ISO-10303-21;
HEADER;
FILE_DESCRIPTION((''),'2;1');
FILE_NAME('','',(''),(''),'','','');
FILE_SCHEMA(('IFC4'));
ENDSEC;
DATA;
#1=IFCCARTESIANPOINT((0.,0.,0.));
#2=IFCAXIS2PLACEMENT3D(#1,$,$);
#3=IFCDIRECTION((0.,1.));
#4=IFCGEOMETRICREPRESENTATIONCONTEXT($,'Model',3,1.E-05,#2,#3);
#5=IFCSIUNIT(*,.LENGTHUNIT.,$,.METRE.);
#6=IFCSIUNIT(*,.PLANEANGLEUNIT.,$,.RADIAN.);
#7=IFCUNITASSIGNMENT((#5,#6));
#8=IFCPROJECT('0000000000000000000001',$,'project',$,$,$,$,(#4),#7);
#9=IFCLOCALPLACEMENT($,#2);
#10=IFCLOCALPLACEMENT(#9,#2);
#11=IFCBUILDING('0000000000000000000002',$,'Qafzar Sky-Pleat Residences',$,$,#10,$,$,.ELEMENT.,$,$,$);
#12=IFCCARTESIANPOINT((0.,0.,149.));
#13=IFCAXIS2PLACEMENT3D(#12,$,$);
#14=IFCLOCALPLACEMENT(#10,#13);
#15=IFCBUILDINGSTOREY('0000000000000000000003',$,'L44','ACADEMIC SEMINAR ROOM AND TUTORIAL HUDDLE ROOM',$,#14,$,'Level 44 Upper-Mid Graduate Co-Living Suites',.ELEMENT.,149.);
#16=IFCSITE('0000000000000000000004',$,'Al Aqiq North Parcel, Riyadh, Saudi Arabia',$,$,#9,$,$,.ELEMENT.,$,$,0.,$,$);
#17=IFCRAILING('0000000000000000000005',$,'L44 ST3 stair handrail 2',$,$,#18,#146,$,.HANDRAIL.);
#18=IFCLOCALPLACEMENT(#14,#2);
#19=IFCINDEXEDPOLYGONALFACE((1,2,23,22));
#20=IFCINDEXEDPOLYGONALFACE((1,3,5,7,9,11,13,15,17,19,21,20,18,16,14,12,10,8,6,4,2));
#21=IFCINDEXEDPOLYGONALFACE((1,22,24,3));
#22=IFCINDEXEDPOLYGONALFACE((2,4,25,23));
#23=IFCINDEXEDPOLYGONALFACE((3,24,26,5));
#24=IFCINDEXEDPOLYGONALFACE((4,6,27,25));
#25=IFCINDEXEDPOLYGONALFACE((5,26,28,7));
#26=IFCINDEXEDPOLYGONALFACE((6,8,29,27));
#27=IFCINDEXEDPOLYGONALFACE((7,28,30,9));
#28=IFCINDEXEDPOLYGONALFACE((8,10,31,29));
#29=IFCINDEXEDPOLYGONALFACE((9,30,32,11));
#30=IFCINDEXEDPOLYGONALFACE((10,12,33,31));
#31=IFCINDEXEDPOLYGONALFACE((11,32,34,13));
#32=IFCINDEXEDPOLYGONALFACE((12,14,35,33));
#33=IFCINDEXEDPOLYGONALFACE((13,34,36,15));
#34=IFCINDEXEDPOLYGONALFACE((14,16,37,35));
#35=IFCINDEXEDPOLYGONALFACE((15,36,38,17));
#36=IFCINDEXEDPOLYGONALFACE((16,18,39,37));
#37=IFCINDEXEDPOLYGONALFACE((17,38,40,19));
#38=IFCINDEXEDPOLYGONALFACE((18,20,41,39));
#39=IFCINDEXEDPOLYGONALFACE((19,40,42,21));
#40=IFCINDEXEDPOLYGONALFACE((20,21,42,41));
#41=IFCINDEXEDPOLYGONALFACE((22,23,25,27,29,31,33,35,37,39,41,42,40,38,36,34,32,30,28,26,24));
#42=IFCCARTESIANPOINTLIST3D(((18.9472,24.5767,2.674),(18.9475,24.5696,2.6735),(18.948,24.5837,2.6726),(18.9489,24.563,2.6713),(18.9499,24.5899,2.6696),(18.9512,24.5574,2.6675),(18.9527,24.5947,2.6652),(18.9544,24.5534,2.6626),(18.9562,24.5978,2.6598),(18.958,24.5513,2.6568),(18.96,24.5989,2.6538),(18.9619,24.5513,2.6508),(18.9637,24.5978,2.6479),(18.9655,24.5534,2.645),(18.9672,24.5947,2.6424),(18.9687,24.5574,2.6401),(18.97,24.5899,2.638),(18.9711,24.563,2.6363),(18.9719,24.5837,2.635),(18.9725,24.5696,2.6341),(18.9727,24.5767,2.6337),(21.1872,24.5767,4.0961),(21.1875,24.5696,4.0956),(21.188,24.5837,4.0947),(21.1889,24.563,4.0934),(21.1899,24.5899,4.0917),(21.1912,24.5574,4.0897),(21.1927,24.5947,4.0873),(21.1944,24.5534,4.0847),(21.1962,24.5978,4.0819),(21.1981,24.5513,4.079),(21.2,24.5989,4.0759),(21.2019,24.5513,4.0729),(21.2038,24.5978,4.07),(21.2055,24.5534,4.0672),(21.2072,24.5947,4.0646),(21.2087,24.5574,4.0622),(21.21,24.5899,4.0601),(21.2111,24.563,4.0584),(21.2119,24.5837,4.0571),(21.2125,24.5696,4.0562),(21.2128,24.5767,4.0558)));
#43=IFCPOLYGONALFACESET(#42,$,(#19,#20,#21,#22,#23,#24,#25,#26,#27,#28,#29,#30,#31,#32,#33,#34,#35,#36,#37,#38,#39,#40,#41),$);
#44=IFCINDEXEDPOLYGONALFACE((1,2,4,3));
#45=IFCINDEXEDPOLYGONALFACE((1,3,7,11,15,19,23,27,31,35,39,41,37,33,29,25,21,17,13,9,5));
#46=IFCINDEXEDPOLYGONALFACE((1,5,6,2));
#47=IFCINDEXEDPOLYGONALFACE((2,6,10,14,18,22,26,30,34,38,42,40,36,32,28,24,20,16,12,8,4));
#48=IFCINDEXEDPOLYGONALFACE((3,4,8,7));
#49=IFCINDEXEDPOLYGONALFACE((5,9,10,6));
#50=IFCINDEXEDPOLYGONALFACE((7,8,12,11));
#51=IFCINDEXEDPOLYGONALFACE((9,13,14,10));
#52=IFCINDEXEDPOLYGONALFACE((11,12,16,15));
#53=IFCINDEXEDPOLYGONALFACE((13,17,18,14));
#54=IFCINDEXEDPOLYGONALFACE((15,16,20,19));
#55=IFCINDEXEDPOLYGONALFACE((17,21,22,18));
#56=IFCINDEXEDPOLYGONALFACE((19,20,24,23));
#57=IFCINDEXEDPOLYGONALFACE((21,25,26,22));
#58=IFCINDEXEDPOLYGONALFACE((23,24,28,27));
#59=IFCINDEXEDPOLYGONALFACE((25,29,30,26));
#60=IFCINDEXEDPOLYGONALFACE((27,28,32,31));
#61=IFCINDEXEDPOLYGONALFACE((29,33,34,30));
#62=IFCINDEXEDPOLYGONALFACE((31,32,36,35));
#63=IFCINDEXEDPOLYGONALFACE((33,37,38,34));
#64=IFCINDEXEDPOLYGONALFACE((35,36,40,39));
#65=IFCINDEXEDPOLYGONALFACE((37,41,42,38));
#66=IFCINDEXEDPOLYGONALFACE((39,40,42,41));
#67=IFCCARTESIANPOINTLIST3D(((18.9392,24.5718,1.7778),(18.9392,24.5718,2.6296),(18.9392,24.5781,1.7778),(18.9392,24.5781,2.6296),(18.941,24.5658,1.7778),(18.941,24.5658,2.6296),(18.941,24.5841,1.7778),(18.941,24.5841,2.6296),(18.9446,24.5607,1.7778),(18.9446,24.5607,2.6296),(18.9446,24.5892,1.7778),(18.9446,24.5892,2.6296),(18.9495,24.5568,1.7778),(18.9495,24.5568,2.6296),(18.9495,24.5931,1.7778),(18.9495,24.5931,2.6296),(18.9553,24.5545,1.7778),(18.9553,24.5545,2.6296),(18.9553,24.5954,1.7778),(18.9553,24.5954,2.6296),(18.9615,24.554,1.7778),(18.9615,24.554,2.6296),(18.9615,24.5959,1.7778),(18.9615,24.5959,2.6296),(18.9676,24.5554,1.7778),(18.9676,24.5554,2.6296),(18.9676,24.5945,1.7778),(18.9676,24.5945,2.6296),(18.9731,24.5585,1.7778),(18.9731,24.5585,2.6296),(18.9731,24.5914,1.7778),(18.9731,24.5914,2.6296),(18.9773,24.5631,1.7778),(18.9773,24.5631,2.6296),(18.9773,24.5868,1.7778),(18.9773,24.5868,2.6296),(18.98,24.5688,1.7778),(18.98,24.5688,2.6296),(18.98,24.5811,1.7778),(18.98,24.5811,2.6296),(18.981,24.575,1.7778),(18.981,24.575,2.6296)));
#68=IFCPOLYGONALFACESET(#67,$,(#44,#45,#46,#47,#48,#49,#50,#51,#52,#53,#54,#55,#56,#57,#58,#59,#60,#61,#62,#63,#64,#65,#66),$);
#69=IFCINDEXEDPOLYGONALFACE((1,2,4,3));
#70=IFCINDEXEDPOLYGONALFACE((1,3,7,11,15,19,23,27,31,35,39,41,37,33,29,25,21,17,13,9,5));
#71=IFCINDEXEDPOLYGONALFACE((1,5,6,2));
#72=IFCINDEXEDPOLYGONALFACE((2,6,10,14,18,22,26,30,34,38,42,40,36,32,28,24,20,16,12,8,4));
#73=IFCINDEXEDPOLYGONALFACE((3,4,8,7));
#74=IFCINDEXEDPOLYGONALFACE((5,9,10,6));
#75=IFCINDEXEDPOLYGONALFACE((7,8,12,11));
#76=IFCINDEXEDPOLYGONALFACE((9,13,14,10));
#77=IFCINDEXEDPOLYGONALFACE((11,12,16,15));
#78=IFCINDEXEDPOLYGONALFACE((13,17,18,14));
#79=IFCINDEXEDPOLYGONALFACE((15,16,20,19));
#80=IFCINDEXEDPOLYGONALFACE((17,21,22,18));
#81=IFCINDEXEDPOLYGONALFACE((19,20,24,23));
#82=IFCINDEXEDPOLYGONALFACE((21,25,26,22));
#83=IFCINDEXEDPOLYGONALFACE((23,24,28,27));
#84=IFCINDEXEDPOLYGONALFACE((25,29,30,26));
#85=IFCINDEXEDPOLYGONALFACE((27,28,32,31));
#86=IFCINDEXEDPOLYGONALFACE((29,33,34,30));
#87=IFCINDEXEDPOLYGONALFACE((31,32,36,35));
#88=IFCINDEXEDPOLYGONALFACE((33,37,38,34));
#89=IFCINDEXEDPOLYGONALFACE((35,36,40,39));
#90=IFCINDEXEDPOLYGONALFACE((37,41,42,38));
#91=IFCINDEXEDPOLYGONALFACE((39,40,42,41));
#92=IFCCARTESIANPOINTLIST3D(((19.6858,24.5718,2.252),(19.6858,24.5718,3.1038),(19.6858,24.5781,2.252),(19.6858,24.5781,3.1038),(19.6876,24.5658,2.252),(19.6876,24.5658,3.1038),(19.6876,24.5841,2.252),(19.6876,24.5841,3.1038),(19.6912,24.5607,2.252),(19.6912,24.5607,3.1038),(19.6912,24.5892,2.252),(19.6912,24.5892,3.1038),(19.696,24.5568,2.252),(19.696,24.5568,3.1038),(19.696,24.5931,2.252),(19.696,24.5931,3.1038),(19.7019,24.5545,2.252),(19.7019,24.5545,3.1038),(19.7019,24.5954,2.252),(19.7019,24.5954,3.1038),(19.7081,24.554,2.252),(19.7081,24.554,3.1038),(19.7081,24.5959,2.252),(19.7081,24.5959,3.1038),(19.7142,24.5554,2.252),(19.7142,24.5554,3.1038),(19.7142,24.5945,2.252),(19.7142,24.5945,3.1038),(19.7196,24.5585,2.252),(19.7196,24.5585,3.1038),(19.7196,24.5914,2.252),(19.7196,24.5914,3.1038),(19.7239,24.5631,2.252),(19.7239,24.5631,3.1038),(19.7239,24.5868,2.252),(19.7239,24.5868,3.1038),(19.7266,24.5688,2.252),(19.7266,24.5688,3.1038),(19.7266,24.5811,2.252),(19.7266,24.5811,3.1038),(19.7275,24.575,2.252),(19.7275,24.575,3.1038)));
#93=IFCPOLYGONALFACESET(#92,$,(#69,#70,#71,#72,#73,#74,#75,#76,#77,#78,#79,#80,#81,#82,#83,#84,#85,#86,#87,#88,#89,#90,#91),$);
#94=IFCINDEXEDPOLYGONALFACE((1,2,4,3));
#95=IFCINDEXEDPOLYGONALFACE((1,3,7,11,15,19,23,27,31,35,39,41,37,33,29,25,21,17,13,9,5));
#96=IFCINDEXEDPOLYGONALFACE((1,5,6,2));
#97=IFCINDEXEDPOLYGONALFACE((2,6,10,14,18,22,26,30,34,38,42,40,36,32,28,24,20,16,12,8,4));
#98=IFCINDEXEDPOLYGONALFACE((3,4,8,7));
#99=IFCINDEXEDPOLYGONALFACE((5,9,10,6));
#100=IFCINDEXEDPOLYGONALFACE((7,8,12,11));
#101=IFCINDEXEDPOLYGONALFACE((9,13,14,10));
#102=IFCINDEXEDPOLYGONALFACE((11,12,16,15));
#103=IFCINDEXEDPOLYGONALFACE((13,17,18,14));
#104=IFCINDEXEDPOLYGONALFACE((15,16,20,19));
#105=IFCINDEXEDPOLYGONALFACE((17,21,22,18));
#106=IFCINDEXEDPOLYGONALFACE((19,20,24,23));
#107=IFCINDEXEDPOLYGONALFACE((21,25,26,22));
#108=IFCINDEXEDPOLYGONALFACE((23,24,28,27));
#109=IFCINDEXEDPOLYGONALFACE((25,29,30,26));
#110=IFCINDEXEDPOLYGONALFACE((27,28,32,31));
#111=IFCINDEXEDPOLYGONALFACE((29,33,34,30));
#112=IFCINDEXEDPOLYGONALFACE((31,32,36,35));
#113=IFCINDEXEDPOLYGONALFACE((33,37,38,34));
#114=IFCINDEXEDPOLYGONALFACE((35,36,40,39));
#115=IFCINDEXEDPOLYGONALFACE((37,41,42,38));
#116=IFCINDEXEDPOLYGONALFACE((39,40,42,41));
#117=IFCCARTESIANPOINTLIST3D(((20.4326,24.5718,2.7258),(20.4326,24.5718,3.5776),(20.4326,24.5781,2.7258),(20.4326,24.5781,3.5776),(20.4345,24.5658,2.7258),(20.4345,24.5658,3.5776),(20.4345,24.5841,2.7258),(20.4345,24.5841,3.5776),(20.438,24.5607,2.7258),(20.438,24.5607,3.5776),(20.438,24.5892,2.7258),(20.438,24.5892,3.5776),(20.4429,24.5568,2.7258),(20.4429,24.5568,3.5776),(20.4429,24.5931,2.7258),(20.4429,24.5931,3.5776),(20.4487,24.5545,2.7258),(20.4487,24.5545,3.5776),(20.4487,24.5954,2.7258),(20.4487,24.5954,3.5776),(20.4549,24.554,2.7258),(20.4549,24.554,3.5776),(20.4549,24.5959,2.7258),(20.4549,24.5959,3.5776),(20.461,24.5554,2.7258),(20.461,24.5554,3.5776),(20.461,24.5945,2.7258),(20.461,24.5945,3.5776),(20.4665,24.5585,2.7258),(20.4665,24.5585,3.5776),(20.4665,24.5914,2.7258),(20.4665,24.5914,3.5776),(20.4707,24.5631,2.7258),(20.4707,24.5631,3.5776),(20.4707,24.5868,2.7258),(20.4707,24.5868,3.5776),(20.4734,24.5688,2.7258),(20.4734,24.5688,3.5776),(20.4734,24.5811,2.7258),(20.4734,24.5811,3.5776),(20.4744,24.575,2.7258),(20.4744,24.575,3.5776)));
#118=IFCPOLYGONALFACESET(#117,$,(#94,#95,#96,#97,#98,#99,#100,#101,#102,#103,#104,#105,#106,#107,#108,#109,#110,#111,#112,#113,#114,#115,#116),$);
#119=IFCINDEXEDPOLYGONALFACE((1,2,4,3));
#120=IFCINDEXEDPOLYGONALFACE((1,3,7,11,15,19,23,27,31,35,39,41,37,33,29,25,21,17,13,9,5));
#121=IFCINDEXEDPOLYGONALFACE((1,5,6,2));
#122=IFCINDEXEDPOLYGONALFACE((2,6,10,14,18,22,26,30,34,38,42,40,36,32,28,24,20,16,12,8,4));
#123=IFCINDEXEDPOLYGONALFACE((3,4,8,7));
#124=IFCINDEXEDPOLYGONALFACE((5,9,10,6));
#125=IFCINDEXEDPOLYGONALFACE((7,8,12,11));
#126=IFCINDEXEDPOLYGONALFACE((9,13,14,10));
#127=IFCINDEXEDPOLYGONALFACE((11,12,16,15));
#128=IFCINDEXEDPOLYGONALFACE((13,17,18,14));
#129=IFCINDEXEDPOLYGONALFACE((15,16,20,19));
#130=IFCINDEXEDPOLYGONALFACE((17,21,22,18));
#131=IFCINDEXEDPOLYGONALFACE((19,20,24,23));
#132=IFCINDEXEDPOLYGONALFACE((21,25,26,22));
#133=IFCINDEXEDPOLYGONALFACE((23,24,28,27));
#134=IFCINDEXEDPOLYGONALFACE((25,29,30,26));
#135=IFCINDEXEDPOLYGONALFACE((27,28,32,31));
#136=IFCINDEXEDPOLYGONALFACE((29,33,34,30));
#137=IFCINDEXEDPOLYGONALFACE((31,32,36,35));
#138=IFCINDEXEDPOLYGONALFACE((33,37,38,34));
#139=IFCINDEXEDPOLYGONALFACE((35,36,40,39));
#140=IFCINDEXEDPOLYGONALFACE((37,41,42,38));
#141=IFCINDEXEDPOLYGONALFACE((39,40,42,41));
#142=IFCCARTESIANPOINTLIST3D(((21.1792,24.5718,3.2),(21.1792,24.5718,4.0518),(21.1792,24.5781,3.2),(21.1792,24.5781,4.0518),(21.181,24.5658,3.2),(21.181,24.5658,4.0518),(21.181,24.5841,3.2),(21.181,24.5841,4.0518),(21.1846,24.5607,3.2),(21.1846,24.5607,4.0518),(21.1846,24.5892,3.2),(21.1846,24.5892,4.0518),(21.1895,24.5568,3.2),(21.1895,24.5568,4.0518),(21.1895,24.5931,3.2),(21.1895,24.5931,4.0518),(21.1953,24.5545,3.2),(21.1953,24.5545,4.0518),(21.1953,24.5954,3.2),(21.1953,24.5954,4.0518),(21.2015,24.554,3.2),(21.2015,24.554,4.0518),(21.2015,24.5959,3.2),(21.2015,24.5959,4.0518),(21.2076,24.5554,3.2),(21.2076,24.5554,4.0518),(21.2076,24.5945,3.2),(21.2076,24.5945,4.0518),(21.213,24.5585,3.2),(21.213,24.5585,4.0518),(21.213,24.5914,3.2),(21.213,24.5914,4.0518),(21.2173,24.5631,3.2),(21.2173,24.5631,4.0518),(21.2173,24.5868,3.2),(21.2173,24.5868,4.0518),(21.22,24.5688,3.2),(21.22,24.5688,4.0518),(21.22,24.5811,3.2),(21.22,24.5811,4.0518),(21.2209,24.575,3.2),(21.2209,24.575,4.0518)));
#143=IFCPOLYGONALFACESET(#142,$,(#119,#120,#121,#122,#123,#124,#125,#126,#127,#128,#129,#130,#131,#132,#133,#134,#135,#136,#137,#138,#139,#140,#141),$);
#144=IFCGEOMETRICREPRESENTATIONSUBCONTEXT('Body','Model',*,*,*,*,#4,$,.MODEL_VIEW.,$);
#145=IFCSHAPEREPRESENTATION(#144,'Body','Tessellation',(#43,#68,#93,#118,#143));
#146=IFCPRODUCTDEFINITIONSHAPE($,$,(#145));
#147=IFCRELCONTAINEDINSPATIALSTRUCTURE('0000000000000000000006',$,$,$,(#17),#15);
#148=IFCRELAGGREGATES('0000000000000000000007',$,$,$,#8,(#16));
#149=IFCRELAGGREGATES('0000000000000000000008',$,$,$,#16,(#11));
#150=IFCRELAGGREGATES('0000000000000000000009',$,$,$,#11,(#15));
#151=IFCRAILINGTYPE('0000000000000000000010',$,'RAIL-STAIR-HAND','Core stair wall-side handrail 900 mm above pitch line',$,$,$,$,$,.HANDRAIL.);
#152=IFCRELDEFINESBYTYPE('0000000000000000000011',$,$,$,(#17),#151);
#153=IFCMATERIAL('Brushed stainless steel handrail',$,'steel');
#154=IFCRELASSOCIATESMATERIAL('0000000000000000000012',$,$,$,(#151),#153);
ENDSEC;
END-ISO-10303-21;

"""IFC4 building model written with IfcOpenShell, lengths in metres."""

from ifc_helpers import new_model, si_unit, direction, frame, origin, origin_2d, place, context, subcontext, project, spatial, circle, extrude, source, transform, mapped, material, type_object, element, save


model = new_model("IFC4")

# Units and contexts
model_context = context("Model", 3, precision=1e-05, world=origin(), true_north=direction((0.0, 1.0)))
body_context = subcontext(model_context, "Body", "Model", "MODEL_VIEW")
ifc_project = project(units=[si_unit("LENGTHUNIT", "METRE"), si_unit("PLANEANGLEUNIT", "RADIAN")], contexts=[model_context])

# Site, building, storey
site_placement = place(None, origin())
site = spatial("IfcSite", under=ifc_project, at=site_placement, Name="Al Aqiq North Parcel, Riyadh, Saudi Arabia", CompositionType="ELEMENT", RefElevation=0.0)
building_placement = place(site_placement, origin())
building = spatial("IfcBuilding", under=site, at=building_placement, Name="Qafzar Sky-Pleat Residences", CompositionType="ELEMENT")
storey_placement = place(building_placement, frame((0.0, 0.0, 149.0)))
storey = spatial("IfcBuildingStorey", under=building, at=storey_placement, Name="L44", Description="ACADEMIC SEMINAR ROOM AND TUTORIAL HUDDLE ROOM", LongName="Level 44 Upper-Mid Graduate Co-Living Suites", CompositionType="ELEMENT", Elevation=149.0)

# Railing
ifc_material_1 = material(Name="Brushed stainless steel handrail", Category="steel")
railing_type_1 = type_object("IfcRailingType", Name="RAIL-STAIR-HAND", Description="Core stair wall-side handrail 900 mm above pitch line", PredefinedType="HANDRAIL", material=ifc_material_1)
shared_shape_1 = source(origin(), body_context, "Body", "SweptSolid", [
    extrude(circle(Radius=0.0239, at=origin_2d()), frame((0.0, 0.0, 0.876), z_axis=(0.844229, 0.0, 0.535982), x_axis=(0.0, 1.0, 0.0)), (0.0, 0.0, 1.0), 2.6533),
    extrude(circle(Radius=0.021, at=origin_2d()), origin(), (0.0, 0.0, 1.0), 0.8518),
    extrude(circle(Radius=0.021, at=origin_2d()), frame((0.7466, 0.0, 0.4741)), (0.0, 0.0, 1.0), 0.8518),
    extrude(circle(Radius=0.021, at=origin_2d()), frame((1.4934, 0.0, 0.948)), (0.0, 0.0, 1.0), 0.8518),
    extrude(circle(Radius=0.021, at=origin_2d()), frame((2.24, 0.0, 1.4221)), (0.0, 0.0, 1.0), 0.8518),
])
railing_1_placement = place(storey_placement, frame((18.96, 24.575, 1.7778)))
element("IfcRailing", 1, at=railing_1_placement, inside=storey, type_object=railing_type_1, Name="L44 ST3 stair handrail 2", PredefinedType="HANDRAIL", context=body_context, shape_type="MappedRepresentation", body=[
    mapped(shared_shape_1, transform((0.0, 0.0, 0.0), x_axis=(1.0, 0.0, 0.0), y_axis=(0.0, 1.0, 0.0), z_axis=(0.0, 0.0, 1.0), scale=1.0)),
])

save(model, "model.ifc")
